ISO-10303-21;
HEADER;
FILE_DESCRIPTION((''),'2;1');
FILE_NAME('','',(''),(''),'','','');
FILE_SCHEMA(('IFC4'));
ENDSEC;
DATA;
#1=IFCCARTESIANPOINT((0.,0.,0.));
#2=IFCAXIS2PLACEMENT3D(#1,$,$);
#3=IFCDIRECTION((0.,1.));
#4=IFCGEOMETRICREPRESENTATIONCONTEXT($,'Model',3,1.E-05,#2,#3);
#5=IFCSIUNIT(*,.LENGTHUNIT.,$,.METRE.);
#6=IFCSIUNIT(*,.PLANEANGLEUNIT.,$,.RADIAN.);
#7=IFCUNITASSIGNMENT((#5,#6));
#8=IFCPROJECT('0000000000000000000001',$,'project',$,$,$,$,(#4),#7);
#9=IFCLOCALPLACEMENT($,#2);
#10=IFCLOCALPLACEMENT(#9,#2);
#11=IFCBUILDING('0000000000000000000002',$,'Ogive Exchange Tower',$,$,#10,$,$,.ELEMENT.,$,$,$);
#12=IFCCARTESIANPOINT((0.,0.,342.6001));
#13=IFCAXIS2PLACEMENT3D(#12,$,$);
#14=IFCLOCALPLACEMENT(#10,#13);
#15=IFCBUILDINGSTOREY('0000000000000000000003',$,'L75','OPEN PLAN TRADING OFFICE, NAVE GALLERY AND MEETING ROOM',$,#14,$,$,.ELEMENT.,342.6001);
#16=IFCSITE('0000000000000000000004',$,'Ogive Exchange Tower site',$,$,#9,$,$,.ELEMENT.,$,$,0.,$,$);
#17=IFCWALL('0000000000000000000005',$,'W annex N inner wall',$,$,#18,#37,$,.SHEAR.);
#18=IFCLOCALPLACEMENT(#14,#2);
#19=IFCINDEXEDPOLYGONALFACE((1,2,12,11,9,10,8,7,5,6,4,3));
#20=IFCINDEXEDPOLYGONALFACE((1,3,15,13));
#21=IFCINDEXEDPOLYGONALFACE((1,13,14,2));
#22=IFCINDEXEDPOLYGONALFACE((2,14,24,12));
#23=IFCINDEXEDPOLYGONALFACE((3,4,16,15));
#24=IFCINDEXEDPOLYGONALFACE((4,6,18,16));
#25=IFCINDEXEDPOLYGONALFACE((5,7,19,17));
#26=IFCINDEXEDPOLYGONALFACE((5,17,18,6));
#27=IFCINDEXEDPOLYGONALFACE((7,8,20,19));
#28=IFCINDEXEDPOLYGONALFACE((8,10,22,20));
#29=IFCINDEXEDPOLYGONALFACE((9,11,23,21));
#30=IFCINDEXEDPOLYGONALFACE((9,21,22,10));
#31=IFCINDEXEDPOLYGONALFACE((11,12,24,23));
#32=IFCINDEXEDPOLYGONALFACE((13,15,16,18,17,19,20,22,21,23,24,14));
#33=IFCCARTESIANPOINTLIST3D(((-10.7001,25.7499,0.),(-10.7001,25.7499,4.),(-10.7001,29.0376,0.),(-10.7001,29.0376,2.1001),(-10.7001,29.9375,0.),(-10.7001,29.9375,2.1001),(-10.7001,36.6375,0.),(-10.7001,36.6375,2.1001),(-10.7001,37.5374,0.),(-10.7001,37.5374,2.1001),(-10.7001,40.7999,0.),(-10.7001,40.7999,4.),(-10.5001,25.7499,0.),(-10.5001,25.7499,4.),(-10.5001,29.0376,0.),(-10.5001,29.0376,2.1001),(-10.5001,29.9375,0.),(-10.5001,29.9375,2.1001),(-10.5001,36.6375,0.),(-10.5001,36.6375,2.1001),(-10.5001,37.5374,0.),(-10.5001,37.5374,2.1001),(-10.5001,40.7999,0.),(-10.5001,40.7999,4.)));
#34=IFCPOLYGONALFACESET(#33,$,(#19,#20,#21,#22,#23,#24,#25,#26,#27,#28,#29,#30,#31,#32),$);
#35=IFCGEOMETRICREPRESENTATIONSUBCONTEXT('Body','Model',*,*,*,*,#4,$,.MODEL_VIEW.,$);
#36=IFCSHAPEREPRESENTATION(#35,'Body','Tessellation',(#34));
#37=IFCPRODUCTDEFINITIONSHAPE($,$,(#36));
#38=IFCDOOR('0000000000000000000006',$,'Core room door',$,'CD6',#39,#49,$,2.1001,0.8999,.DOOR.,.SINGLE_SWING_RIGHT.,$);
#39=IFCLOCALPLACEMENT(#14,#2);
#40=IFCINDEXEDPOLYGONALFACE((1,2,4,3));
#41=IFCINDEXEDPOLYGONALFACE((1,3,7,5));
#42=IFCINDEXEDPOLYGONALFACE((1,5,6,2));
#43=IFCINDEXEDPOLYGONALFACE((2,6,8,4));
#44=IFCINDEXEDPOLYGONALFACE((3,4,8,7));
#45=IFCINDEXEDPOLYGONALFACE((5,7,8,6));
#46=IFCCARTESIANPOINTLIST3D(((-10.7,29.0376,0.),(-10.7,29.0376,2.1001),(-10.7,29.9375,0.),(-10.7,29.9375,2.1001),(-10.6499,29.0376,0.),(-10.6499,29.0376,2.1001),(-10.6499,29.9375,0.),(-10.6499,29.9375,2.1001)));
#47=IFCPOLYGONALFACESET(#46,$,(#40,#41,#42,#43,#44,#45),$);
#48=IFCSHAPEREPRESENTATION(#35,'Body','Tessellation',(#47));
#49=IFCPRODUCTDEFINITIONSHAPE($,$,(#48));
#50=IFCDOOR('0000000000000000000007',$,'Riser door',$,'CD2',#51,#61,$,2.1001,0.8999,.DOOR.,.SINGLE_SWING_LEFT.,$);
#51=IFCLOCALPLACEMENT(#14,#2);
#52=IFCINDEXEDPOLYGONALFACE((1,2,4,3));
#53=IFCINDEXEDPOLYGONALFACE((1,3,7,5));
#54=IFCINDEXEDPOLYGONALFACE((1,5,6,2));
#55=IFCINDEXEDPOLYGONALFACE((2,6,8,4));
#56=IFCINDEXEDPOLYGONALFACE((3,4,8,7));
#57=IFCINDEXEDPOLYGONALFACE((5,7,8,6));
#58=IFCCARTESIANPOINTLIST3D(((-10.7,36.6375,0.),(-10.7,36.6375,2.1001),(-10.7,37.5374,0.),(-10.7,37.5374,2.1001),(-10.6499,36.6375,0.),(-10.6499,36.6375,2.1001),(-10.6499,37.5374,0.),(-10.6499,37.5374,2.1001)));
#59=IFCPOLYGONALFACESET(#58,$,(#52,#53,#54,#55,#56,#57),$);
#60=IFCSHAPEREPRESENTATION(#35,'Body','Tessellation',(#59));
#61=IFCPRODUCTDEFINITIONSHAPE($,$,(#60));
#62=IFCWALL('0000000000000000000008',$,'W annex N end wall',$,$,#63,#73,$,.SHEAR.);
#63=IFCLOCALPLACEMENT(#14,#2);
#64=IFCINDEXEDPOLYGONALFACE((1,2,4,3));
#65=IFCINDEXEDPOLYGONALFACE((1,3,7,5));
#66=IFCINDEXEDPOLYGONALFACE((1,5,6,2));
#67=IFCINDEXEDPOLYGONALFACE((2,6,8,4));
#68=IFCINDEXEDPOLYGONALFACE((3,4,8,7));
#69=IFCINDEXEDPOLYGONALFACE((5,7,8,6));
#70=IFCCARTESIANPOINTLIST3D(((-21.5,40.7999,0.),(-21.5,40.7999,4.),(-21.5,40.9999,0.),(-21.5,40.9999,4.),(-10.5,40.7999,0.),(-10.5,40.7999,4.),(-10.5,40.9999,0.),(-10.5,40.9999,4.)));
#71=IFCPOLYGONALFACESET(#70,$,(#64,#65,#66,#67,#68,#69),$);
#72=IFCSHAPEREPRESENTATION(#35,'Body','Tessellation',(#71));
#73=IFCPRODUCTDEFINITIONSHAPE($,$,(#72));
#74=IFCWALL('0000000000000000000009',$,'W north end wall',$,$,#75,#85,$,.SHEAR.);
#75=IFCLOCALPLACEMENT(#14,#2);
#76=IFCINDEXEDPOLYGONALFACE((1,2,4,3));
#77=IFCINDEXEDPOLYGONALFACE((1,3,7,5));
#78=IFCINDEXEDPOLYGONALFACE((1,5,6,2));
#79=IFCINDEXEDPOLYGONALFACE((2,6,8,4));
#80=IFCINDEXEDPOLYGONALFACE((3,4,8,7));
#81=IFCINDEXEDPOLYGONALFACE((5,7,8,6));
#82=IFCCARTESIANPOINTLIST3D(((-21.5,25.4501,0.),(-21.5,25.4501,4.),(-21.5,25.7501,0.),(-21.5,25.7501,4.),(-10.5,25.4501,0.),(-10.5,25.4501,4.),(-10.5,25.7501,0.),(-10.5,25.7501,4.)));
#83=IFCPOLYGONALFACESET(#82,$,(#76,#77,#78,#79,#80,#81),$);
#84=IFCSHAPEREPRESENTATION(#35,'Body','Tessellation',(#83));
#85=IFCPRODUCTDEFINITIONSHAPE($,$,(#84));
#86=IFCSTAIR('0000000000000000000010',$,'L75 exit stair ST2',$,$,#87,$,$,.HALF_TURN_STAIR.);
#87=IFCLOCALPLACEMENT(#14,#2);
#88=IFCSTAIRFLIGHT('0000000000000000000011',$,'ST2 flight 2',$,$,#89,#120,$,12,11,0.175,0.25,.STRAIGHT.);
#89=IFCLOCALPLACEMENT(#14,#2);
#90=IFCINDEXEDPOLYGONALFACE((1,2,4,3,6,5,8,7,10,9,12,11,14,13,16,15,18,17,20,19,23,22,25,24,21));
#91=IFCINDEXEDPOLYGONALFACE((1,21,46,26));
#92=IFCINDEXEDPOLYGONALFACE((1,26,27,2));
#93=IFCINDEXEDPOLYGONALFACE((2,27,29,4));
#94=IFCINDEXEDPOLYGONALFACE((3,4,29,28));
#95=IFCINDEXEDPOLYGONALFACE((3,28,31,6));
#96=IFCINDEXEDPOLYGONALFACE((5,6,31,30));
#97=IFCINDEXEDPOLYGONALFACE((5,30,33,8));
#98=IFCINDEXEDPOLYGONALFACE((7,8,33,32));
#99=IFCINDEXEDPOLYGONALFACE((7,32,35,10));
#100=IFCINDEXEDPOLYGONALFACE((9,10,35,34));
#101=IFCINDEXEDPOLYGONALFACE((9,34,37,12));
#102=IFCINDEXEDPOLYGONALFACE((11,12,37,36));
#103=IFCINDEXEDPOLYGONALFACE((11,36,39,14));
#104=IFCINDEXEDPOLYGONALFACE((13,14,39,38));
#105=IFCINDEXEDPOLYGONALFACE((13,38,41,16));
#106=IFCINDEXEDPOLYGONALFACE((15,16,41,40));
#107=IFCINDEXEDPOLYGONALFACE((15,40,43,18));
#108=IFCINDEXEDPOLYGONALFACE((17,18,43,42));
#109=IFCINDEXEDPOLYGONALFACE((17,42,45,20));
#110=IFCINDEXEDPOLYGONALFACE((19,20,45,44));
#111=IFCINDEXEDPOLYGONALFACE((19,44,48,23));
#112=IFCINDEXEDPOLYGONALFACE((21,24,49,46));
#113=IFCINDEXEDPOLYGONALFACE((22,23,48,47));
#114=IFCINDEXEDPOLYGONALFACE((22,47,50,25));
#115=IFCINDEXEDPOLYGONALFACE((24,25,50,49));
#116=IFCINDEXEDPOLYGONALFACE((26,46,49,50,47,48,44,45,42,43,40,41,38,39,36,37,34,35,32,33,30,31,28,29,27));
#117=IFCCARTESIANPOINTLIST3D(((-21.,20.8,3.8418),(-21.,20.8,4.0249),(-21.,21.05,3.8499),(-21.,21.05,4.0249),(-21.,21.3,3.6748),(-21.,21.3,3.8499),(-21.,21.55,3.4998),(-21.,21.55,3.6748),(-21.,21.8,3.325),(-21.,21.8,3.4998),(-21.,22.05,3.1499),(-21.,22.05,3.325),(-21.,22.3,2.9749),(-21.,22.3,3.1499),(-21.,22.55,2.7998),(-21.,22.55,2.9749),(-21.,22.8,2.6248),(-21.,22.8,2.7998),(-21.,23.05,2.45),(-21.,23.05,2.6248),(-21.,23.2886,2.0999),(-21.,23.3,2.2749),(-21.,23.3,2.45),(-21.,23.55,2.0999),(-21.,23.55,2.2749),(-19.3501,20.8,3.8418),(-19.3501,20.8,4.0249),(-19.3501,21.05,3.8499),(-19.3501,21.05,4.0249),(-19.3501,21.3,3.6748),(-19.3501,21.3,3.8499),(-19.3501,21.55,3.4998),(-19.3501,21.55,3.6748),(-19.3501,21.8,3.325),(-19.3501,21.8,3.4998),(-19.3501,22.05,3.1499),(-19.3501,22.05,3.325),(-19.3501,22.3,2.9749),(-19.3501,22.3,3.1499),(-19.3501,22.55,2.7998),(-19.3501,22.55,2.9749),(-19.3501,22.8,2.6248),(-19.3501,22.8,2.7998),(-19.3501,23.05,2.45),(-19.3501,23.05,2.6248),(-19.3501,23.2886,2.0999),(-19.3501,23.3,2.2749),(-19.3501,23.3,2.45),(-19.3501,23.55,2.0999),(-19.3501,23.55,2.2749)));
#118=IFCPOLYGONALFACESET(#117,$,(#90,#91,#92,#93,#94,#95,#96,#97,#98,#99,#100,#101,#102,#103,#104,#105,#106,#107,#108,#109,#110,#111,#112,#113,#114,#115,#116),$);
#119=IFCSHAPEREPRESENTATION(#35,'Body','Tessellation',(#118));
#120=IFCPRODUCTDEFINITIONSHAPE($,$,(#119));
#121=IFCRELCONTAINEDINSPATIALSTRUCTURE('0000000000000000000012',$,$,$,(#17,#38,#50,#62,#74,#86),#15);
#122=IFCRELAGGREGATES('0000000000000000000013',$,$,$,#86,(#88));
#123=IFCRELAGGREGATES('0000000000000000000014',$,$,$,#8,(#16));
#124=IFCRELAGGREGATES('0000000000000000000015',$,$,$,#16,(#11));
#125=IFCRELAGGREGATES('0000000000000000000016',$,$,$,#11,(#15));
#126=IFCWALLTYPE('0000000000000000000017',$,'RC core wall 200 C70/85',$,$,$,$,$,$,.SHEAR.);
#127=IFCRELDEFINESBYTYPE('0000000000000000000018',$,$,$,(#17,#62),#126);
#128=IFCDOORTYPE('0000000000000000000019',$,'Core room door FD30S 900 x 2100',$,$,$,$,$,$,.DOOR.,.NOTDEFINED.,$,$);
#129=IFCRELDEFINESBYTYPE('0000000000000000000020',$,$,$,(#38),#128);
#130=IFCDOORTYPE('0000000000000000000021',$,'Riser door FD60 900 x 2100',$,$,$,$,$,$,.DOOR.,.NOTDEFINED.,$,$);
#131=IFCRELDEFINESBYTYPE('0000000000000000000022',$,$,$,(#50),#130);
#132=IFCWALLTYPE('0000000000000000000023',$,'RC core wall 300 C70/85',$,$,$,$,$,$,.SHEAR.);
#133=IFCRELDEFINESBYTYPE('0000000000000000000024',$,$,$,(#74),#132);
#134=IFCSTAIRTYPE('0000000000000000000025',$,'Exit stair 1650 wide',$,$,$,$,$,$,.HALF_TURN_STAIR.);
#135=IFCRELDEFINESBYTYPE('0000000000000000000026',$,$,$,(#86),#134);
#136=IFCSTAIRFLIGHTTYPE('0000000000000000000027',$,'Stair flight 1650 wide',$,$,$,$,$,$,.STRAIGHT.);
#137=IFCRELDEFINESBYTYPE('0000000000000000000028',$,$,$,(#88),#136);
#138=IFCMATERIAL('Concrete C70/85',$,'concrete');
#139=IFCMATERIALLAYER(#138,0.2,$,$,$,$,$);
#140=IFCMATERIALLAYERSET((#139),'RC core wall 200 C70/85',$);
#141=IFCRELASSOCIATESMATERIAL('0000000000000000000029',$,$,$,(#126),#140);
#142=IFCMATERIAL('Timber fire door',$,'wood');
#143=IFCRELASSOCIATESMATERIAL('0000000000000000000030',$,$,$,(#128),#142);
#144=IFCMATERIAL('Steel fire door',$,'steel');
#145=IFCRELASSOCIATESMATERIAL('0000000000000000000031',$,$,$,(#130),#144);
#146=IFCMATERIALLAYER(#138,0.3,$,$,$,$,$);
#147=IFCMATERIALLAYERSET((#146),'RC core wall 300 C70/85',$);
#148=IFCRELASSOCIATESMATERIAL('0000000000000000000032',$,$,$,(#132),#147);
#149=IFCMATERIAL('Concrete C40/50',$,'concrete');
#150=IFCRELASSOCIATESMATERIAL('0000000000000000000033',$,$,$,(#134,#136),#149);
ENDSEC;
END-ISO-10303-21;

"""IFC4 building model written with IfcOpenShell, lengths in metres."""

from ifc_helpers import new_model, si_unit, direction, frame, frame_2d, origin, place, context, subcontext, project, spatial, polyline, rectangle, outline, extrude, material, layer, layer_set, type_object, element, fill, aggregate, save


model = new_model("IFC4")

# Units and contexts
model_context = context("Model", 3, precision=1e-05, world=origin(), true_north=direction((0.0, 1.0)))
body_context = subcontext(model_context, "Body", "Model", "MODEL_VIEW")
ifc_project = project(units=[si_unit("LENGTHUNIT", "METRE"), si_unit("PLANEANGLEUNIT", "RADIAN")], contexts=[model_context])

# Site, building, storey
site_placement = place(None, origin())
site = spatial("IfcSite", under=ifc_project, at=site_placement, Name="Ogive Exchange Tower site", CompositionType="ELEMENT", RefElevation=0.0)
building_placement = place(site_placement, origin())
building = spatial("IfcBuilding", under=site, at=building_placement, Name="Ogive Exchange Tower", CompositionType="ELEMENT")
storey_placement = place(building_placement, frame((0.0, 0.0, 342.6001)))
storey = spatial("IfcBuildingStorey", under=building, at=storey_placement, Name="L75", Description="OPEN PLAN TRADING OFFICE, NAVE GALLERY AND MEETING ROOM", CompositionType="ELEMENT", Elevation=342.6001)

# Shared definitions
ifc_material_1 = material(Name="Concrete C70/85", Category="concrete")
ifc_layer_1 = layer(ifc_material_1, 0.2)
ifc_layer_set_1 = layer_set([ifc_layer_1], Name="RC core wall 200 C70/85")
wall_type_1 = type_object("IfcWallType", Name="RC core wall 200 C70/85", PredefinedType="SHEAR", material=ifc_layer_set_1)

# Wall, openings, doors
wall_1_placement = place(storey_placement, frame((-10.6001, 25.75, 0.0), z_axis=(0.0, 0.0, 1.0), x_axis=(0.0, 1.0, 0.0)))
wall_1 = element("IfcWall", 1, at=wall_1_placement, inside=storey, type_object=wall_type_1, Name="W annex N inner wall", PredefinedType="SHEAR", context=body_context, shape_type="SweptSolid", body=[
    extrude(rectangle(XDim=15.05, YDim=0.2, at=frame_2d((7.5249, 0.0))), origin(), (0.0, 0.0, 1.0), 4.0),
])
opening_1_placement = place(wall_1_placement, frame((3.2876, 0.0, 0.0)))
opening_1 = element("IfcOpeningElement", 2, at=opening_1_placement, cuts=wall_1, PredefinedType="OPENING", context=body_context, shape_type="SweptSolid", body=[
    extrude(rectangle(XDim=0.8999, YDim=2.1001, at=frame_2d((0.45, 1.05))), frame((0.0, 0.1099, 0.0), z_axis=(0.0, -1.0, 0.0), x_axis=(1.0, 0.0, 0.0)), (0.0, 0.0, 1.0), 0.22),
])
opening_2_placement = place(wall_1_placement, frame((10.8875, 0.0, 0.0)))
opening_2 = element("IfcOpeningElement", 3, at=opening_2_placement, cuts=wall_1, PredefinedType="OPENING", context=body_context, shape_type="SweptSolid", body=[
    extrude(rectangle(XDim=0.8999, YDim=2.1001, at=frame_2d((0.45, 1.05))), frame((0.0, 0.1099, 0.0), z_axis=(0.0, -1.0, 0.0), x_axis=(1.0, 0.0, 0.0)), (0.0, 0.0, 1.0), 0.22),
])
ifc_material_2 = material(Name="Timber fire door", Category="wood")
door_type_1 = type_object("IfcDoorType", Name="Core room door FD30S 900 x 2100", OperationType="NOTDEFINED", PredefinedType="DOOR", material=ifc_material_2)
door_1_placement = place(opening_1_placement, frame((0.8999, 0.1499, 0.0), z_axis=(0.0, 0.0, 1.0), x_axis=(-1.0, 0.0, 0.0)))
door_1 = element("IfcDoor", 4, at=door_1_placement, inside=storey, type_object=door_type_1, Name="Core room door", ObjectType="CD6", OperationType="SINGLE_SWING_RIGHT", OverallHeight=2.1001, OverallWidth=0.8999, PredefinedType="DOOR", context=body_context, shape_type="SweptSolid", body=[
    extrude(rectangle(XDim=0.8999, YDim=2.1001, at=frame_2d((0.45, 1.05))), frame((0.0, 0.1001, 0.0), z_axis=(0.0, -1.0, 0.0), x_axis=(1.0, 0.0, 0.0)), (0.0, 0.0, 1.0), 0.05),
])
fill(opening_1, door_1)
ifc_material_3 = material(Name="Steel fire door", Category="steel")
door_type_2 = type_object("IfcDoorType", Name="Riser door FD60 900 x 2100", OperationType="NOTDEFINED", PredefinedType="DOOR", material=ifc_material_3)
door_2_placement = place(opening_2_placement, frame((0.8999, 0.1499, 0.0), z_axis=(0.0, 0.0, 1.0), x_axis=(-1.0, 0.0, 0.0)))
door_2 = element("IfcDoor", 5, at=door_2_placement, inside=storey, type_object=door_type_2, Name="Riser door", ObjectType="CD2", OperationType="SINGLE_SWING_LEFT", OverallHeight=2.1001, OverallWidth=0.8999, PredefinedType="DOOR", context=body_context, shape_type="SweptSolid", body=[
    extrude(rectangle(XDim=0.8999, YDim=2.1001, at=frame_2d((0.45, 1.05))), frame((0.0, 0.1001, 0.0), z_axis=(0.0, -1.0, 0.0), x_axis=(1.0, 0.0, 0.0)), (0.0, 0.0, 1.0), 0.05),
])
fill(opening_2, door_2)

# Walls
wall_2_placement = place(storey_placement, frame((-21.5, 40.8999, 0.0), z_axis=(0.0, 0.0, 1.0), x_axis=(1.0, 0.0, 0.0)))
element("IfcWall", 6, at=wall_2_placement, inside=storey, type_object=wall_type_1, Name="W annex N end wall", PredefinedType="SHEAR", context=body_context, shape_type="SweptSolid", body=[
    extrude(rectangle(XDim=11.0, YDim=0.2, at=frame_2d((5.5, 0.0))), origin(), (0.0, 0.0, 1.0), 4.0),
])
ifc_layer_2 = layer(ifc_material_1, 0.3)
ifc_layer_set_2 = layer_set([ifc_layer_2], Name="RC core wall 300 C70/85")
wall_type_2 = type_object("IfcWallType", Name="RC core wall 300 C70/85", PredefinedType="SHEAR", material=ifc_layer_set_2)
wall_3_placement = place(storey_placement, frame((-21.5, 25.6001, 0.0), z_axis=(0.0, 0.0, 1.0), x_axis=(1.0, 0.0, 0.0)))
element("IfcWall", 7, at=wall_3_placement, inside=storey, type_object=wall_type_2, Name="W north end wall", PredefinedType="SHEAR", context=body_context, shape_type="SweptSolid", body=[
    extrude(rectangle(XDim=11.0, YDim=0.3, at=frame_2d((5.5, 0.0))), origin(), (0.0, 0.0, 1.0), 4.0),
])

# Stair, stair flight
ifc_material_4 = material(Name="Concrete C40/50", Category="concrete")
stair_type = type_object("IfcStairType", Name="Exit stair 1650 wide", PredefinedType="HALF_TURN_STAIR", material=ifc_material_4)
stair_placement = place(storey_placement, origin())
stair = element("IfcStair", 8, at=stair_placement, inside=storey, type_object=stair_type, Name="L75 exit stair ST2", PredefinedType="HALF_TURN_STAIR")
stair_flight_type = type_object("IfcStairFlightType", Name="Stair flight 1650 wide", PredefinedType="STRAIGHT", material=ifc_material_4)
stair_flight_placement = place(storey_placement, frame((-20.175, 23.55, 2.0999), z_axis=(0.0, 0.0, 1.0), x_axis=(0.0, -1.0, 0.0)))
stair_flight = element("IfcStairFlight", 9, at=stair_flight_placement, type_object=stair_flight_type, Name="ST2 flight 2", NumberOfRisers=12, NumberOfTreads=11, PredefinedType="STRAIGHT", RiserHeight=0.175, TreadLength=0.25, context=body_context, shape_type="SweptSolid", body=[
    extrude(outline(polyline([(0.0, 0.0), (0.0, 0.175), (0.25, 0.175), (0.25, 0.3501), (0.5, 0.3501), (0.5, 0.5249), (0.75, 0.5249), (0.75, 0.7), (1.0, 0.7), (1.0, 0.875), (1.25, 0.875), (1.25, 1.05), (1.5, 1.05), (1.5, 1.2251), (1.75, 1.2251), (1.75, 1.3999), (2.0, 1.3999), (2.0, 1.575), (2.25, 1.575), (2.25, 1.75), (2.5, 1.75), (2.5, 1.925), (2.75, 1.925), (2.75, 2.1001), (2.75, 1.7419), (0.2615, 0.0), (0.0, 0.0)])), frame((0.0, 0.825, 0.0), z_axis=(0.0, -1.0, 0.0), x_axis=(1.0, 0.0, 0.0)), (0.0, 0.0, 1.0), 1.6499),
])
aggregate(stair, [stair_flight])

save(model, "model.ifc")
